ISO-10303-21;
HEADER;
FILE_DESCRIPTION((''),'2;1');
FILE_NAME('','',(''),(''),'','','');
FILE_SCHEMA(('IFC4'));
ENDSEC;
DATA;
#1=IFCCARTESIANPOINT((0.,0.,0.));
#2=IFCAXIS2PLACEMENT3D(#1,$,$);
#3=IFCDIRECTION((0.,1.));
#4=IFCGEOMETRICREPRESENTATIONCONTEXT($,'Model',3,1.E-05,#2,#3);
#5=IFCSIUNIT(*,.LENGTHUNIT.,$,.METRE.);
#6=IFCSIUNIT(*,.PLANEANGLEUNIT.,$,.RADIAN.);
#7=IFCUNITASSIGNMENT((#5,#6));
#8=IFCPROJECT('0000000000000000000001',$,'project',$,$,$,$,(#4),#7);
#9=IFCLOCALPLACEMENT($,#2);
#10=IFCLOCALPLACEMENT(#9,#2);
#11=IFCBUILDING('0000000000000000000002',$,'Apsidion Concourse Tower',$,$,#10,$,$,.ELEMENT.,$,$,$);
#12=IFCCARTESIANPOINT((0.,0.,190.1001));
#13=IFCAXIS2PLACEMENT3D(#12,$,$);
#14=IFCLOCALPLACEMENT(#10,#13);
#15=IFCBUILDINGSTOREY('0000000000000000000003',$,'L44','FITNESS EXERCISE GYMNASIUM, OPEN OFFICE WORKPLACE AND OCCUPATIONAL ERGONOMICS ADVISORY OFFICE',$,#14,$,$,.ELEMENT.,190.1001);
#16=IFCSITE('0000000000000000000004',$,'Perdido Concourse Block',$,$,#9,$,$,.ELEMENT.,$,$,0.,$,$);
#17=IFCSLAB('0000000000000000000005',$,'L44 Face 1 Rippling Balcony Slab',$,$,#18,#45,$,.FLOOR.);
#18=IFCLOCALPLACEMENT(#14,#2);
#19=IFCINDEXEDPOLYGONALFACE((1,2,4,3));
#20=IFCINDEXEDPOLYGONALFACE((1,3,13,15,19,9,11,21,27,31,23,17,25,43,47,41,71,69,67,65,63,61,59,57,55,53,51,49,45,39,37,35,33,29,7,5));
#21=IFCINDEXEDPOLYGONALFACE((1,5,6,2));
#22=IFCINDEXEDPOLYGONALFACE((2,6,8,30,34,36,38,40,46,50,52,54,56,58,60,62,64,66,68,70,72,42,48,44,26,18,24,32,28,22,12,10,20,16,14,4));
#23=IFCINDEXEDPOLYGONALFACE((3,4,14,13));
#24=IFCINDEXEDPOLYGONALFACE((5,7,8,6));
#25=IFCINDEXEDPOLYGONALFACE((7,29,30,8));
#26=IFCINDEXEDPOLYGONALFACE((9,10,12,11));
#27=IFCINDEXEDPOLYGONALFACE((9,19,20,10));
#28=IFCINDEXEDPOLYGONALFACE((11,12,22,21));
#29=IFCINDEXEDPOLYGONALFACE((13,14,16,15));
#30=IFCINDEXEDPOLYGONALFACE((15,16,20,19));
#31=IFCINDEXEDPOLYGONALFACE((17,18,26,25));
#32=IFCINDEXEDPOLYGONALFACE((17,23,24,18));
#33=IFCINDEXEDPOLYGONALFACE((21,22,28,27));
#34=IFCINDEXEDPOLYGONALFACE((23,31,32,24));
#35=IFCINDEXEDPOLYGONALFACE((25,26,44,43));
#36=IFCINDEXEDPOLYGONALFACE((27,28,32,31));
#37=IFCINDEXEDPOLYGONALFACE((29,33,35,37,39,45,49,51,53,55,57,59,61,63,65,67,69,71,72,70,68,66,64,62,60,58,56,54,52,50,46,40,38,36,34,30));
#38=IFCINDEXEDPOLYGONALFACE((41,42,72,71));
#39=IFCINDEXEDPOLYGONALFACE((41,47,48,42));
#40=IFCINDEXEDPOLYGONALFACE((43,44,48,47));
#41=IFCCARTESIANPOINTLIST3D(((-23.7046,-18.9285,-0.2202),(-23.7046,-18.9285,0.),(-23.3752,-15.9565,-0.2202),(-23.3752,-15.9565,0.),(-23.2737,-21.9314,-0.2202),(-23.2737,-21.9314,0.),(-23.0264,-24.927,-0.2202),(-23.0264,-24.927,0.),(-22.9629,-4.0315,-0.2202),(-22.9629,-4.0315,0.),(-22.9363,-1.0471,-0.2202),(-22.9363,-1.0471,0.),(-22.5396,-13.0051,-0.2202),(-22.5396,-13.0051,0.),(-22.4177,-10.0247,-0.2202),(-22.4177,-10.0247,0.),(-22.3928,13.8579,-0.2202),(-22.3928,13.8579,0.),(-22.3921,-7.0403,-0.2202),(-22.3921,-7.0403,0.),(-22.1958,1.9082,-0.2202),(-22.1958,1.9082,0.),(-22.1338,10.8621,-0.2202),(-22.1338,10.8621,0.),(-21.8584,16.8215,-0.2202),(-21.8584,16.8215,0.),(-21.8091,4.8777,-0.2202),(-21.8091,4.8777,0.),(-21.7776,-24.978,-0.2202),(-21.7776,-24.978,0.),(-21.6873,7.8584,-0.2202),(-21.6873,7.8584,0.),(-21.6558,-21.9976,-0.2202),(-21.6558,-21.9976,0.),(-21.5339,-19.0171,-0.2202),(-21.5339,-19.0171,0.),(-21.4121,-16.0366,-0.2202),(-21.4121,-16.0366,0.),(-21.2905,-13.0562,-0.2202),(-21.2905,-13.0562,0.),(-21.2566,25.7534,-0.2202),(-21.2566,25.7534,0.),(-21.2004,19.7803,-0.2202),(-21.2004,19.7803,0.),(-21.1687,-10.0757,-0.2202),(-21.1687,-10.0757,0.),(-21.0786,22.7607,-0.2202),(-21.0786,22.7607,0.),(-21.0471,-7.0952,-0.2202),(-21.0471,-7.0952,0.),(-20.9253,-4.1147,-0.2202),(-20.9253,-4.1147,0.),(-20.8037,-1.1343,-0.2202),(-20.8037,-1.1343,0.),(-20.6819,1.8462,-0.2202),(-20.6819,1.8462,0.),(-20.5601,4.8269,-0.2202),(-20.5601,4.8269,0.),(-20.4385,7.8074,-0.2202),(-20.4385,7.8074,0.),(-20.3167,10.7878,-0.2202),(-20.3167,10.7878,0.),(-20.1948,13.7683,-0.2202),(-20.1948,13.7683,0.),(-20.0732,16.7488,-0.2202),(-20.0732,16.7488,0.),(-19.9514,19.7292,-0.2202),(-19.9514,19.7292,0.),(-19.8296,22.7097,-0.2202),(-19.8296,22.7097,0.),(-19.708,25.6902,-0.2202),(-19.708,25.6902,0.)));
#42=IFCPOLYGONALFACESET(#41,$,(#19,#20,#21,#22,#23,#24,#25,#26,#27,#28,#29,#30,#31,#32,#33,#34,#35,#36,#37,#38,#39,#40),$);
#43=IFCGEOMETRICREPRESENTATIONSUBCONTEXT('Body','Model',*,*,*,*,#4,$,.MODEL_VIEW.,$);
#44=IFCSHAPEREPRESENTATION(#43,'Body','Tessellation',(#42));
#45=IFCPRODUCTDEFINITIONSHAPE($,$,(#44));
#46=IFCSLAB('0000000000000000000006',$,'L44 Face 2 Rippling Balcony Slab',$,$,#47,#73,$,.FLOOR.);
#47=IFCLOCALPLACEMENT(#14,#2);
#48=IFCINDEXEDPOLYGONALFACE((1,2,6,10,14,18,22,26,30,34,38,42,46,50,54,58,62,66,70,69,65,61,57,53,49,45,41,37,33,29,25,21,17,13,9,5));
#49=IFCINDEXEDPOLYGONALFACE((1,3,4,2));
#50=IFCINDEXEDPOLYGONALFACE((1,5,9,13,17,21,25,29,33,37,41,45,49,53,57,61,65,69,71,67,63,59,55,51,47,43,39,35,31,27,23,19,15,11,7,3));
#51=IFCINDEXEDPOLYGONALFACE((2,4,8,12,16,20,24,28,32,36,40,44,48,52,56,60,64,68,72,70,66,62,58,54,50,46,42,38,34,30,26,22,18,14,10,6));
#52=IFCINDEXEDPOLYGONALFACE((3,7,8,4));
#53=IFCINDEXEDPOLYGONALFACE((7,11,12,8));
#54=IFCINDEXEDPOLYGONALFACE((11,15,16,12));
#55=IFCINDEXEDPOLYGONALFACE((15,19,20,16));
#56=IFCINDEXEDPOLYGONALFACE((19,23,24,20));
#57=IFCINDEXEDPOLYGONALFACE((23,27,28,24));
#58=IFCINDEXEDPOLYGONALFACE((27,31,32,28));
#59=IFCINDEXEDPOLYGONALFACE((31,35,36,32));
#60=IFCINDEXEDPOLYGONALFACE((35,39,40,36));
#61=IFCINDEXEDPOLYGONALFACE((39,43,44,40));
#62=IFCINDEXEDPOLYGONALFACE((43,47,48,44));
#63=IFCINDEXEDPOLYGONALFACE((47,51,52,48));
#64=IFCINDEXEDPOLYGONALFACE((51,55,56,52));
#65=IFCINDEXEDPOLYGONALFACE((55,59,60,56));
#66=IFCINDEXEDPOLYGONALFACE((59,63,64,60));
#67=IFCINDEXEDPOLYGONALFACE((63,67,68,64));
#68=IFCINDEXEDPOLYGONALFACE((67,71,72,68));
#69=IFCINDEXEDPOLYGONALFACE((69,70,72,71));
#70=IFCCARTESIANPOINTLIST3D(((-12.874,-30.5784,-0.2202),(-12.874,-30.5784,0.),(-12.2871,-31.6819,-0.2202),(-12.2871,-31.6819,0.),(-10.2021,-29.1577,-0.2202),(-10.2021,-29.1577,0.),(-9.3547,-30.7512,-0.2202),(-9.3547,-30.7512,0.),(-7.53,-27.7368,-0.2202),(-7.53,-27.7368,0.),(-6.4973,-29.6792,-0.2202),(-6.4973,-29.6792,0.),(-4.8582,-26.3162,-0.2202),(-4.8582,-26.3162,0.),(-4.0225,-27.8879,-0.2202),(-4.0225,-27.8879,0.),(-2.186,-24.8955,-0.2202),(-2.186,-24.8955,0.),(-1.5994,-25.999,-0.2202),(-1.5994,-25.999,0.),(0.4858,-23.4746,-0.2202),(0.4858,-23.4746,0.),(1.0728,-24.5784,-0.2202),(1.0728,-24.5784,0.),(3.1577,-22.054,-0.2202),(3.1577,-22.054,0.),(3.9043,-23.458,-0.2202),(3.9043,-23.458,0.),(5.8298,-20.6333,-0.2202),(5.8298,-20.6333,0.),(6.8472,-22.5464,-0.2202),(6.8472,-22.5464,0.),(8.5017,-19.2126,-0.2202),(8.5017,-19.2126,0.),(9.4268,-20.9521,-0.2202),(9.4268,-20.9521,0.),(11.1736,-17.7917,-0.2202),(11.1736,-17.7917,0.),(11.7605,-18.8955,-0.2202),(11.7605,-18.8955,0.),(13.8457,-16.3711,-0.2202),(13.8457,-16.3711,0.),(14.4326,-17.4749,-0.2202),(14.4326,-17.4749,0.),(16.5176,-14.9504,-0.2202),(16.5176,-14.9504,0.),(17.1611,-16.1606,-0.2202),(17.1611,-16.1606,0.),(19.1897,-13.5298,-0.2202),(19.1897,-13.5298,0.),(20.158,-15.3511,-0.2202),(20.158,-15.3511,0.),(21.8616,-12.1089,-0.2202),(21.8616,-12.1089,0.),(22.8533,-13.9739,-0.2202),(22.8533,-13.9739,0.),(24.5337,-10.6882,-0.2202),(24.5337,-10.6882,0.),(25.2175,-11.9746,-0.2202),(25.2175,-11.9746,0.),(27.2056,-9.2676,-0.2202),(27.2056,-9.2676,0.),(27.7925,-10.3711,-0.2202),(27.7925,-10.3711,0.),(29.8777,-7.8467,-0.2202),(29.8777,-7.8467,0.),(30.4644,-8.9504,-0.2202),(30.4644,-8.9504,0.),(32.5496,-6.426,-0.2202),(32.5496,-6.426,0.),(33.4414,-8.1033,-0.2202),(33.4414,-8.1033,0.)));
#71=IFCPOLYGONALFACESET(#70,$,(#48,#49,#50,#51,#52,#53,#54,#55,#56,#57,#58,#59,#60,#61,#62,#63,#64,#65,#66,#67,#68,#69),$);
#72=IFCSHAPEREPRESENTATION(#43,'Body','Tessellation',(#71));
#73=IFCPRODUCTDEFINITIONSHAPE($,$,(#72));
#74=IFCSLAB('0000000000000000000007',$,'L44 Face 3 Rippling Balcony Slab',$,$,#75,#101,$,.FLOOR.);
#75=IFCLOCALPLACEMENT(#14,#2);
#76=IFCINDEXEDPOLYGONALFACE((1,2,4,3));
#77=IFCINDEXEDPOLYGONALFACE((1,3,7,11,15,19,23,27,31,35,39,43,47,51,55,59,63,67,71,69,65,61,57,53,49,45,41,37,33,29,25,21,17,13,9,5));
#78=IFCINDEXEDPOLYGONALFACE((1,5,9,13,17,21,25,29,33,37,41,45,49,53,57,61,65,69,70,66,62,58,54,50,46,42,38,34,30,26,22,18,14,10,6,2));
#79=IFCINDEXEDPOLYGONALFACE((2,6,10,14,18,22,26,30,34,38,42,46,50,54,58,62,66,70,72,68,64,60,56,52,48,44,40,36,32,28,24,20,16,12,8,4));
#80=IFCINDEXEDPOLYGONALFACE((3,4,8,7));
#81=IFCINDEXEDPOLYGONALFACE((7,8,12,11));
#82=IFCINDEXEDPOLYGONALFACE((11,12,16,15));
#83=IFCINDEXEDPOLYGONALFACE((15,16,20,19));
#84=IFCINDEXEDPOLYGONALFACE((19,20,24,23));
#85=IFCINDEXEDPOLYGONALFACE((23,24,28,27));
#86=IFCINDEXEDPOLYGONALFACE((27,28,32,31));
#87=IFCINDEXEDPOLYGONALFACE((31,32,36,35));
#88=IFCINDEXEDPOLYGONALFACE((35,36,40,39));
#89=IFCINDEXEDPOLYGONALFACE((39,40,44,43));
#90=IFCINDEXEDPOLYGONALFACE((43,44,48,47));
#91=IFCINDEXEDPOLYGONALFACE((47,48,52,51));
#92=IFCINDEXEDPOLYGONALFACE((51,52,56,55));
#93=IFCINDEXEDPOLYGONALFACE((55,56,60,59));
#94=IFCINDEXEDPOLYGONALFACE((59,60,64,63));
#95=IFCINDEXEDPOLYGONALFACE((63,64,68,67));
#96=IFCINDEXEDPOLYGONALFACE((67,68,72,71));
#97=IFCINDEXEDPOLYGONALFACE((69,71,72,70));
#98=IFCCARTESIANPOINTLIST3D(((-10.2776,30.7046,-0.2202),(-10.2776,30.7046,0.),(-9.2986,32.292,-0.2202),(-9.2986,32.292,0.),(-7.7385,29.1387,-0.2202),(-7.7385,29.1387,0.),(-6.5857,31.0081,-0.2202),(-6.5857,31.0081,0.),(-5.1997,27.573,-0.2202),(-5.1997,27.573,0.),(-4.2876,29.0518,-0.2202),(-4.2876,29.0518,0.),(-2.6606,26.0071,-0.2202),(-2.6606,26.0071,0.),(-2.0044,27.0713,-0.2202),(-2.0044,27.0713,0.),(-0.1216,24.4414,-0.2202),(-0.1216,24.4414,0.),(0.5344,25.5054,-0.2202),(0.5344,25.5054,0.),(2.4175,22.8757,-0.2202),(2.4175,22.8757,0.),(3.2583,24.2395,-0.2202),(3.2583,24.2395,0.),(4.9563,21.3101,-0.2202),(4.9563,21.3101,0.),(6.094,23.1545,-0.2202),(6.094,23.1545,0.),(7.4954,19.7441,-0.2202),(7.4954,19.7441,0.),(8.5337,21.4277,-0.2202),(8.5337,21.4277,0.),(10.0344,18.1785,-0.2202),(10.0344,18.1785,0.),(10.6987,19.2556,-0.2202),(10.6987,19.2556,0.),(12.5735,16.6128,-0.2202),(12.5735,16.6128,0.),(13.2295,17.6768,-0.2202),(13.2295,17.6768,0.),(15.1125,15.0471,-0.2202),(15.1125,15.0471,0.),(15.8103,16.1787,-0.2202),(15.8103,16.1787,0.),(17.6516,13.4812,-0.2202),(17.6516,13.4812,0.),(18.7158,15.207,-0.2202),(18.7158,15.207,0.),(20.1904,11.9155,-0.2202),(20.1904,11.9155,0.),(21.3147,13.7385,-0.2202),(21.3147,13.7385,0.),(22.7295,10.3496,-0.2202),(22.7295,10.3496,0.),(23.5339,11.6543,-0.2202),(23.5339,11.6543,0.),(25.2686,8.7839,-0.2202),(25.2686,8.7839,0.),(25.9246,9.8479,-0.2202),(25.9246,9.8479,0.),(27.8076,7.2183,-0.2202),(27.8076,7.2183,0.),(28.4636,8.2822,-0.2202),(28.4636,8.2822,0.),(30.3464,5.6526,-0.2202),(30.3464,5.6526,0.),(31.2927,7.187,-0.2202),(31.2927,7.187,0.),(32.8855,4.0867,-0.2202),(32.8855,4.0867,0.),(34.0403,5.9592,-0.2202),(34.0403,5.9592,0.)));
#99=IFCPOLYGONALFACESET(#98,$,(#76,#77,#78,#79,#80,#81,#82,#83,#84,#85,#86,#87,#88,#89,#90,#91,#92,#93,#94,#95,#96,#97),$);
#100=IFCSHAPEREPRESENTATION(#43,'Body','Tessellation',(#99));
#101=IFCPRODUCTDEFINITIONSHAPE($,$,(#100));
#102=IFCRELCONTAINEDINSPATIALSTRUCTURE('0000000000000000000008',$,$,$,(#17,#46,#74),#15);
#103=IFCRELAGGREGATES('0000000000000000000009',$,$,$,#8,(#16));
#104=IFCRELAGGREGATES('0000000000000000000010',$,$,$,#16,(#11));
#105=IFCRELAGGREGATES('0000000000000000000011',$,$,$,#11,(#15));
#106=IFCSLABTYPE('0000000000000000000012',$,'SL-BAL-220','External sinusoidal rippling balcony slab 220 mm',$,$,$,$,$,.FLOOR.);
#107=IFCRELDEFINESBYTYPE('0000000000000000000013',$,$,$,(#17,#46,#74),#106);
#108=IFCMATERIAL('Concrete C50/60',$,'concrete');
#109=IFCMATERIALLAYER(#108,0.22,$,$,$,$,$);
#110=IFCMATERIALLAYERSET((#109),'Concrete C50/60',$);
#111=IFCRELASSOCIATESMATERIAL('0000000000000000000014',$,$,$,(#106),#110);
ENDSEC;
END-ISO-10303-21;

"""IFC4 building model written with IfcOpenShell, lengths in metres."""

from ifc_helpers import new_model, si_unit, direction, frame, origin, place, context, subcontext, project, spatial, polyline, outline, extrude, material, layer, layer_set, type_object, element, save


model = new_model("IFC4")

# Units and contexts
model_context = context("Model", 3, precision=1e-05, world=origin(), true_north=direction((0.0, 1.0)))
body_context = subcontext(model_context, "Body", "Model", "MODEL_VIEW")
ifc_project = project(units=[si_unit("LENGTHUNIT", "METRE"), si_unit("PLANEANGLEUNIT", "RADIAN")], contexts=[model_context])

# Site, building, storey
site_placement = place(None, origin())
site = spatial("IfcSite", under=ifc_project, at=site_placement, Name="Perdido Concourse Block", CompositionType="ELEMENT", RefElevation=0.0)
building_placement = place(site_placement, origin())
building = spatial("IfcBuilding", under=site, at=building_placement, Name="Apsidion Concourse Tower", CompositionType="ELEMENT")
storey_placement = place(building_placement, frame((0.0, 0.0, 190.1001)))
storey = spatial("IfcBuildingStorey", under=building, at=storey_placement, Name="L44", Description="FITNESS EXERCISE GYMNASIUM, OPEN OFFICE WORKPLACE AND OCCUPATIONAL ERGONOMICS ADVISORY OFFICE", CompositionType="ELEMENT", Elevation=190.1001)

# Shared definitions
ifc_material_1 = material(Name="Concrete C50/60", Category="concrete")

# Slabs
ifc_layer_1 = layer(ifc_material_1, 0.22)
ifc_layer_set_1 = layer_set([ifc_layer_1], Name="Concrete C50/60")
slab_type_1 = type_object("IfcSlabType", Name="SL-BAL-220", Description="External sinusoidal rippling balcony slab 220 mm", PredefinedType="FLOOR", material=ifc_layer_set_1)
slab_1_placement = place(storey_placement, frame((0.0, 0.0, -0.2202)))
element("IfcSlab", 1, at=slab_1_placement, inside=storey, type_object=slab_type_1, Name="L44 Face 1 Rippling Balcony Slab", PredefinedType="FLOOR", context=body_context, shape_type="SweptSolid", body=[
    extrude(outline(polyline([(-19.708, 25.6902), (-19.8296, 22.7097), (-19.9514, 19.7292), (-20.0732, 16.7488), (-20.1948, 13.7683), (-20.3167, 10.7878), (-20.4385, 7.8074), (-20.5601, 4.8269), (-20.6819, 1.8462), (-20.8037, -1.1343), (-20.9253, -4.1147), (-21.0471, -7.0952), (-21.1687, -10.0757), (-21.2905, -13.0562), (-21.4121, -16.0366), (-21.5339, -19.0171), (-21.6558, -21.9976), (-21.7776, -24.978), (-23.0264, -24.927), (-23.2737, -21.9314), (-23.7046, -18.9285), (-23.3752, -15.9565), (-22.5396, -13.0051), (-22.4177, -10.0247), (-22.3921, -7.0403), (-22.9629, -4.0315), (-22.9363, -1.0471), (-22.1958, 1.9082), (-21.8091, 4.8777), (-21.6873, 7.8584), (-22.1338, 10.8621), (-22.3928, 13.8579), (-21.8584, 16.8215), (-21.2004, 19.7803), (-21.0786, 22.7607), (-21.2566, 25.7534), (-19.708, 25.6902)])), origin(), (0.0, 0.0, 1.0), 0.2202),
])
slab_2_placement = place(storey_placement, frame((0.0, 0.0, -0.2202)))
element("IfcSlab", 2, at=slab_2_placement, inside=storey, type_object=slab_type_1, Name="L44 Face 2 Rippling Balcony Slab", PredefinedType="FLOOR", context=body_context, shape_type="SweptSolid", body=[
    extrude(outline(polyline([(-12.874, -30.5784), (-10.2021, -29.1577), (-7.53, -27.7368), (-4.8582, -26.3162), (-2.186, -24.8955), (0.4858, -23.4746), (3.1577, -22.054), (5.8298, -20.6333), (8.5017, -19.2126), (11.1736, -17.7917), (13.8457, -16.3711), (16.5176, -14.9504), (19.1897, -13.5298), (21.8616, -12.1089), (24.5337, -10.6882), (27.2056, -9.2676), (29.8777, -7.8467), (32.5496, -6.426), (33.4414, -8.1033), (30.4644, -8.9504), (27.7925, -10.3711), (25.2175, -11.9746), (22.8533, -13.9739), (20.158, -15.3511), (17.1611, -16.1606), (14.4326, -17.4749), (11.7605, -18.8955), (9.4268, -20.9521), (6.8472, -22.5464), (3.9043, -23.458), (1.0728, -24.5784), (-1.5994, -25.999), (-4.0225, -27.8879), (-6.4973, -29.6792), (-9.3547, -30.7512), (-12.2871, -31.6819), (-12.874, -30.5784)])), origin(), (0.0, 0.0, 1.0), 0.2202),
])
slab_3_placement = place(storey_placement, frame((0.0, 0.0, -0.2202)))
element("IfcSlab", 3, at=slab_3_placement, inside=storey, type_object=slab_type_1, Name="L44 Face 3 Rippling Balcony Slab", PredefinedType="FLOOR", context=body_context, shape_type="SweptSolid", body=[
    extrude(outline(polyline([(32.8855, 4.0867), (30.3464, 5.6526), (27.8076, 7.2183), (25.2686, 8.7839), (22.7295, 10.3496), (20.1904, 11.9155), (17.6516, 13.4812), (15.1125, 15.0471), (12.5735, 16.6128), (10.0344, 18.1785), (7.4954, 19.7441), (4.9563, 21.3101), (2.4175, 22.8757), (-0.1216, 24.4414), (-2.6606, 26.0071), (-5.1997, 27.573), (-7.7385, 29.1387), (-10.2776, 30.7046), (-9.2986, 32.292), (-6.5857, 31.0081), (-4.2876, 29.0518), (-2.0044, 27.0713), (0.5344, 25.5054), (3.2583, 24.2395), (6.094, 23.1545), (8.5337, 21.4277), (10.6987, 19.2556), (13.2295, 17.6768), (15.8103, 16.1787), (18.7158, 15.207), (21.3147, 13.7385), (23.5339, 11.6543), (25.9246, 9.8479), (28.4636, 8.2822), (31.2927, 7.187), (34.0403, 5.9592), (32.8855, 4.0867)])), origin(), (0.0, 0.0, 1.0), 0.2202),
])

save(model, "model.ifc")
